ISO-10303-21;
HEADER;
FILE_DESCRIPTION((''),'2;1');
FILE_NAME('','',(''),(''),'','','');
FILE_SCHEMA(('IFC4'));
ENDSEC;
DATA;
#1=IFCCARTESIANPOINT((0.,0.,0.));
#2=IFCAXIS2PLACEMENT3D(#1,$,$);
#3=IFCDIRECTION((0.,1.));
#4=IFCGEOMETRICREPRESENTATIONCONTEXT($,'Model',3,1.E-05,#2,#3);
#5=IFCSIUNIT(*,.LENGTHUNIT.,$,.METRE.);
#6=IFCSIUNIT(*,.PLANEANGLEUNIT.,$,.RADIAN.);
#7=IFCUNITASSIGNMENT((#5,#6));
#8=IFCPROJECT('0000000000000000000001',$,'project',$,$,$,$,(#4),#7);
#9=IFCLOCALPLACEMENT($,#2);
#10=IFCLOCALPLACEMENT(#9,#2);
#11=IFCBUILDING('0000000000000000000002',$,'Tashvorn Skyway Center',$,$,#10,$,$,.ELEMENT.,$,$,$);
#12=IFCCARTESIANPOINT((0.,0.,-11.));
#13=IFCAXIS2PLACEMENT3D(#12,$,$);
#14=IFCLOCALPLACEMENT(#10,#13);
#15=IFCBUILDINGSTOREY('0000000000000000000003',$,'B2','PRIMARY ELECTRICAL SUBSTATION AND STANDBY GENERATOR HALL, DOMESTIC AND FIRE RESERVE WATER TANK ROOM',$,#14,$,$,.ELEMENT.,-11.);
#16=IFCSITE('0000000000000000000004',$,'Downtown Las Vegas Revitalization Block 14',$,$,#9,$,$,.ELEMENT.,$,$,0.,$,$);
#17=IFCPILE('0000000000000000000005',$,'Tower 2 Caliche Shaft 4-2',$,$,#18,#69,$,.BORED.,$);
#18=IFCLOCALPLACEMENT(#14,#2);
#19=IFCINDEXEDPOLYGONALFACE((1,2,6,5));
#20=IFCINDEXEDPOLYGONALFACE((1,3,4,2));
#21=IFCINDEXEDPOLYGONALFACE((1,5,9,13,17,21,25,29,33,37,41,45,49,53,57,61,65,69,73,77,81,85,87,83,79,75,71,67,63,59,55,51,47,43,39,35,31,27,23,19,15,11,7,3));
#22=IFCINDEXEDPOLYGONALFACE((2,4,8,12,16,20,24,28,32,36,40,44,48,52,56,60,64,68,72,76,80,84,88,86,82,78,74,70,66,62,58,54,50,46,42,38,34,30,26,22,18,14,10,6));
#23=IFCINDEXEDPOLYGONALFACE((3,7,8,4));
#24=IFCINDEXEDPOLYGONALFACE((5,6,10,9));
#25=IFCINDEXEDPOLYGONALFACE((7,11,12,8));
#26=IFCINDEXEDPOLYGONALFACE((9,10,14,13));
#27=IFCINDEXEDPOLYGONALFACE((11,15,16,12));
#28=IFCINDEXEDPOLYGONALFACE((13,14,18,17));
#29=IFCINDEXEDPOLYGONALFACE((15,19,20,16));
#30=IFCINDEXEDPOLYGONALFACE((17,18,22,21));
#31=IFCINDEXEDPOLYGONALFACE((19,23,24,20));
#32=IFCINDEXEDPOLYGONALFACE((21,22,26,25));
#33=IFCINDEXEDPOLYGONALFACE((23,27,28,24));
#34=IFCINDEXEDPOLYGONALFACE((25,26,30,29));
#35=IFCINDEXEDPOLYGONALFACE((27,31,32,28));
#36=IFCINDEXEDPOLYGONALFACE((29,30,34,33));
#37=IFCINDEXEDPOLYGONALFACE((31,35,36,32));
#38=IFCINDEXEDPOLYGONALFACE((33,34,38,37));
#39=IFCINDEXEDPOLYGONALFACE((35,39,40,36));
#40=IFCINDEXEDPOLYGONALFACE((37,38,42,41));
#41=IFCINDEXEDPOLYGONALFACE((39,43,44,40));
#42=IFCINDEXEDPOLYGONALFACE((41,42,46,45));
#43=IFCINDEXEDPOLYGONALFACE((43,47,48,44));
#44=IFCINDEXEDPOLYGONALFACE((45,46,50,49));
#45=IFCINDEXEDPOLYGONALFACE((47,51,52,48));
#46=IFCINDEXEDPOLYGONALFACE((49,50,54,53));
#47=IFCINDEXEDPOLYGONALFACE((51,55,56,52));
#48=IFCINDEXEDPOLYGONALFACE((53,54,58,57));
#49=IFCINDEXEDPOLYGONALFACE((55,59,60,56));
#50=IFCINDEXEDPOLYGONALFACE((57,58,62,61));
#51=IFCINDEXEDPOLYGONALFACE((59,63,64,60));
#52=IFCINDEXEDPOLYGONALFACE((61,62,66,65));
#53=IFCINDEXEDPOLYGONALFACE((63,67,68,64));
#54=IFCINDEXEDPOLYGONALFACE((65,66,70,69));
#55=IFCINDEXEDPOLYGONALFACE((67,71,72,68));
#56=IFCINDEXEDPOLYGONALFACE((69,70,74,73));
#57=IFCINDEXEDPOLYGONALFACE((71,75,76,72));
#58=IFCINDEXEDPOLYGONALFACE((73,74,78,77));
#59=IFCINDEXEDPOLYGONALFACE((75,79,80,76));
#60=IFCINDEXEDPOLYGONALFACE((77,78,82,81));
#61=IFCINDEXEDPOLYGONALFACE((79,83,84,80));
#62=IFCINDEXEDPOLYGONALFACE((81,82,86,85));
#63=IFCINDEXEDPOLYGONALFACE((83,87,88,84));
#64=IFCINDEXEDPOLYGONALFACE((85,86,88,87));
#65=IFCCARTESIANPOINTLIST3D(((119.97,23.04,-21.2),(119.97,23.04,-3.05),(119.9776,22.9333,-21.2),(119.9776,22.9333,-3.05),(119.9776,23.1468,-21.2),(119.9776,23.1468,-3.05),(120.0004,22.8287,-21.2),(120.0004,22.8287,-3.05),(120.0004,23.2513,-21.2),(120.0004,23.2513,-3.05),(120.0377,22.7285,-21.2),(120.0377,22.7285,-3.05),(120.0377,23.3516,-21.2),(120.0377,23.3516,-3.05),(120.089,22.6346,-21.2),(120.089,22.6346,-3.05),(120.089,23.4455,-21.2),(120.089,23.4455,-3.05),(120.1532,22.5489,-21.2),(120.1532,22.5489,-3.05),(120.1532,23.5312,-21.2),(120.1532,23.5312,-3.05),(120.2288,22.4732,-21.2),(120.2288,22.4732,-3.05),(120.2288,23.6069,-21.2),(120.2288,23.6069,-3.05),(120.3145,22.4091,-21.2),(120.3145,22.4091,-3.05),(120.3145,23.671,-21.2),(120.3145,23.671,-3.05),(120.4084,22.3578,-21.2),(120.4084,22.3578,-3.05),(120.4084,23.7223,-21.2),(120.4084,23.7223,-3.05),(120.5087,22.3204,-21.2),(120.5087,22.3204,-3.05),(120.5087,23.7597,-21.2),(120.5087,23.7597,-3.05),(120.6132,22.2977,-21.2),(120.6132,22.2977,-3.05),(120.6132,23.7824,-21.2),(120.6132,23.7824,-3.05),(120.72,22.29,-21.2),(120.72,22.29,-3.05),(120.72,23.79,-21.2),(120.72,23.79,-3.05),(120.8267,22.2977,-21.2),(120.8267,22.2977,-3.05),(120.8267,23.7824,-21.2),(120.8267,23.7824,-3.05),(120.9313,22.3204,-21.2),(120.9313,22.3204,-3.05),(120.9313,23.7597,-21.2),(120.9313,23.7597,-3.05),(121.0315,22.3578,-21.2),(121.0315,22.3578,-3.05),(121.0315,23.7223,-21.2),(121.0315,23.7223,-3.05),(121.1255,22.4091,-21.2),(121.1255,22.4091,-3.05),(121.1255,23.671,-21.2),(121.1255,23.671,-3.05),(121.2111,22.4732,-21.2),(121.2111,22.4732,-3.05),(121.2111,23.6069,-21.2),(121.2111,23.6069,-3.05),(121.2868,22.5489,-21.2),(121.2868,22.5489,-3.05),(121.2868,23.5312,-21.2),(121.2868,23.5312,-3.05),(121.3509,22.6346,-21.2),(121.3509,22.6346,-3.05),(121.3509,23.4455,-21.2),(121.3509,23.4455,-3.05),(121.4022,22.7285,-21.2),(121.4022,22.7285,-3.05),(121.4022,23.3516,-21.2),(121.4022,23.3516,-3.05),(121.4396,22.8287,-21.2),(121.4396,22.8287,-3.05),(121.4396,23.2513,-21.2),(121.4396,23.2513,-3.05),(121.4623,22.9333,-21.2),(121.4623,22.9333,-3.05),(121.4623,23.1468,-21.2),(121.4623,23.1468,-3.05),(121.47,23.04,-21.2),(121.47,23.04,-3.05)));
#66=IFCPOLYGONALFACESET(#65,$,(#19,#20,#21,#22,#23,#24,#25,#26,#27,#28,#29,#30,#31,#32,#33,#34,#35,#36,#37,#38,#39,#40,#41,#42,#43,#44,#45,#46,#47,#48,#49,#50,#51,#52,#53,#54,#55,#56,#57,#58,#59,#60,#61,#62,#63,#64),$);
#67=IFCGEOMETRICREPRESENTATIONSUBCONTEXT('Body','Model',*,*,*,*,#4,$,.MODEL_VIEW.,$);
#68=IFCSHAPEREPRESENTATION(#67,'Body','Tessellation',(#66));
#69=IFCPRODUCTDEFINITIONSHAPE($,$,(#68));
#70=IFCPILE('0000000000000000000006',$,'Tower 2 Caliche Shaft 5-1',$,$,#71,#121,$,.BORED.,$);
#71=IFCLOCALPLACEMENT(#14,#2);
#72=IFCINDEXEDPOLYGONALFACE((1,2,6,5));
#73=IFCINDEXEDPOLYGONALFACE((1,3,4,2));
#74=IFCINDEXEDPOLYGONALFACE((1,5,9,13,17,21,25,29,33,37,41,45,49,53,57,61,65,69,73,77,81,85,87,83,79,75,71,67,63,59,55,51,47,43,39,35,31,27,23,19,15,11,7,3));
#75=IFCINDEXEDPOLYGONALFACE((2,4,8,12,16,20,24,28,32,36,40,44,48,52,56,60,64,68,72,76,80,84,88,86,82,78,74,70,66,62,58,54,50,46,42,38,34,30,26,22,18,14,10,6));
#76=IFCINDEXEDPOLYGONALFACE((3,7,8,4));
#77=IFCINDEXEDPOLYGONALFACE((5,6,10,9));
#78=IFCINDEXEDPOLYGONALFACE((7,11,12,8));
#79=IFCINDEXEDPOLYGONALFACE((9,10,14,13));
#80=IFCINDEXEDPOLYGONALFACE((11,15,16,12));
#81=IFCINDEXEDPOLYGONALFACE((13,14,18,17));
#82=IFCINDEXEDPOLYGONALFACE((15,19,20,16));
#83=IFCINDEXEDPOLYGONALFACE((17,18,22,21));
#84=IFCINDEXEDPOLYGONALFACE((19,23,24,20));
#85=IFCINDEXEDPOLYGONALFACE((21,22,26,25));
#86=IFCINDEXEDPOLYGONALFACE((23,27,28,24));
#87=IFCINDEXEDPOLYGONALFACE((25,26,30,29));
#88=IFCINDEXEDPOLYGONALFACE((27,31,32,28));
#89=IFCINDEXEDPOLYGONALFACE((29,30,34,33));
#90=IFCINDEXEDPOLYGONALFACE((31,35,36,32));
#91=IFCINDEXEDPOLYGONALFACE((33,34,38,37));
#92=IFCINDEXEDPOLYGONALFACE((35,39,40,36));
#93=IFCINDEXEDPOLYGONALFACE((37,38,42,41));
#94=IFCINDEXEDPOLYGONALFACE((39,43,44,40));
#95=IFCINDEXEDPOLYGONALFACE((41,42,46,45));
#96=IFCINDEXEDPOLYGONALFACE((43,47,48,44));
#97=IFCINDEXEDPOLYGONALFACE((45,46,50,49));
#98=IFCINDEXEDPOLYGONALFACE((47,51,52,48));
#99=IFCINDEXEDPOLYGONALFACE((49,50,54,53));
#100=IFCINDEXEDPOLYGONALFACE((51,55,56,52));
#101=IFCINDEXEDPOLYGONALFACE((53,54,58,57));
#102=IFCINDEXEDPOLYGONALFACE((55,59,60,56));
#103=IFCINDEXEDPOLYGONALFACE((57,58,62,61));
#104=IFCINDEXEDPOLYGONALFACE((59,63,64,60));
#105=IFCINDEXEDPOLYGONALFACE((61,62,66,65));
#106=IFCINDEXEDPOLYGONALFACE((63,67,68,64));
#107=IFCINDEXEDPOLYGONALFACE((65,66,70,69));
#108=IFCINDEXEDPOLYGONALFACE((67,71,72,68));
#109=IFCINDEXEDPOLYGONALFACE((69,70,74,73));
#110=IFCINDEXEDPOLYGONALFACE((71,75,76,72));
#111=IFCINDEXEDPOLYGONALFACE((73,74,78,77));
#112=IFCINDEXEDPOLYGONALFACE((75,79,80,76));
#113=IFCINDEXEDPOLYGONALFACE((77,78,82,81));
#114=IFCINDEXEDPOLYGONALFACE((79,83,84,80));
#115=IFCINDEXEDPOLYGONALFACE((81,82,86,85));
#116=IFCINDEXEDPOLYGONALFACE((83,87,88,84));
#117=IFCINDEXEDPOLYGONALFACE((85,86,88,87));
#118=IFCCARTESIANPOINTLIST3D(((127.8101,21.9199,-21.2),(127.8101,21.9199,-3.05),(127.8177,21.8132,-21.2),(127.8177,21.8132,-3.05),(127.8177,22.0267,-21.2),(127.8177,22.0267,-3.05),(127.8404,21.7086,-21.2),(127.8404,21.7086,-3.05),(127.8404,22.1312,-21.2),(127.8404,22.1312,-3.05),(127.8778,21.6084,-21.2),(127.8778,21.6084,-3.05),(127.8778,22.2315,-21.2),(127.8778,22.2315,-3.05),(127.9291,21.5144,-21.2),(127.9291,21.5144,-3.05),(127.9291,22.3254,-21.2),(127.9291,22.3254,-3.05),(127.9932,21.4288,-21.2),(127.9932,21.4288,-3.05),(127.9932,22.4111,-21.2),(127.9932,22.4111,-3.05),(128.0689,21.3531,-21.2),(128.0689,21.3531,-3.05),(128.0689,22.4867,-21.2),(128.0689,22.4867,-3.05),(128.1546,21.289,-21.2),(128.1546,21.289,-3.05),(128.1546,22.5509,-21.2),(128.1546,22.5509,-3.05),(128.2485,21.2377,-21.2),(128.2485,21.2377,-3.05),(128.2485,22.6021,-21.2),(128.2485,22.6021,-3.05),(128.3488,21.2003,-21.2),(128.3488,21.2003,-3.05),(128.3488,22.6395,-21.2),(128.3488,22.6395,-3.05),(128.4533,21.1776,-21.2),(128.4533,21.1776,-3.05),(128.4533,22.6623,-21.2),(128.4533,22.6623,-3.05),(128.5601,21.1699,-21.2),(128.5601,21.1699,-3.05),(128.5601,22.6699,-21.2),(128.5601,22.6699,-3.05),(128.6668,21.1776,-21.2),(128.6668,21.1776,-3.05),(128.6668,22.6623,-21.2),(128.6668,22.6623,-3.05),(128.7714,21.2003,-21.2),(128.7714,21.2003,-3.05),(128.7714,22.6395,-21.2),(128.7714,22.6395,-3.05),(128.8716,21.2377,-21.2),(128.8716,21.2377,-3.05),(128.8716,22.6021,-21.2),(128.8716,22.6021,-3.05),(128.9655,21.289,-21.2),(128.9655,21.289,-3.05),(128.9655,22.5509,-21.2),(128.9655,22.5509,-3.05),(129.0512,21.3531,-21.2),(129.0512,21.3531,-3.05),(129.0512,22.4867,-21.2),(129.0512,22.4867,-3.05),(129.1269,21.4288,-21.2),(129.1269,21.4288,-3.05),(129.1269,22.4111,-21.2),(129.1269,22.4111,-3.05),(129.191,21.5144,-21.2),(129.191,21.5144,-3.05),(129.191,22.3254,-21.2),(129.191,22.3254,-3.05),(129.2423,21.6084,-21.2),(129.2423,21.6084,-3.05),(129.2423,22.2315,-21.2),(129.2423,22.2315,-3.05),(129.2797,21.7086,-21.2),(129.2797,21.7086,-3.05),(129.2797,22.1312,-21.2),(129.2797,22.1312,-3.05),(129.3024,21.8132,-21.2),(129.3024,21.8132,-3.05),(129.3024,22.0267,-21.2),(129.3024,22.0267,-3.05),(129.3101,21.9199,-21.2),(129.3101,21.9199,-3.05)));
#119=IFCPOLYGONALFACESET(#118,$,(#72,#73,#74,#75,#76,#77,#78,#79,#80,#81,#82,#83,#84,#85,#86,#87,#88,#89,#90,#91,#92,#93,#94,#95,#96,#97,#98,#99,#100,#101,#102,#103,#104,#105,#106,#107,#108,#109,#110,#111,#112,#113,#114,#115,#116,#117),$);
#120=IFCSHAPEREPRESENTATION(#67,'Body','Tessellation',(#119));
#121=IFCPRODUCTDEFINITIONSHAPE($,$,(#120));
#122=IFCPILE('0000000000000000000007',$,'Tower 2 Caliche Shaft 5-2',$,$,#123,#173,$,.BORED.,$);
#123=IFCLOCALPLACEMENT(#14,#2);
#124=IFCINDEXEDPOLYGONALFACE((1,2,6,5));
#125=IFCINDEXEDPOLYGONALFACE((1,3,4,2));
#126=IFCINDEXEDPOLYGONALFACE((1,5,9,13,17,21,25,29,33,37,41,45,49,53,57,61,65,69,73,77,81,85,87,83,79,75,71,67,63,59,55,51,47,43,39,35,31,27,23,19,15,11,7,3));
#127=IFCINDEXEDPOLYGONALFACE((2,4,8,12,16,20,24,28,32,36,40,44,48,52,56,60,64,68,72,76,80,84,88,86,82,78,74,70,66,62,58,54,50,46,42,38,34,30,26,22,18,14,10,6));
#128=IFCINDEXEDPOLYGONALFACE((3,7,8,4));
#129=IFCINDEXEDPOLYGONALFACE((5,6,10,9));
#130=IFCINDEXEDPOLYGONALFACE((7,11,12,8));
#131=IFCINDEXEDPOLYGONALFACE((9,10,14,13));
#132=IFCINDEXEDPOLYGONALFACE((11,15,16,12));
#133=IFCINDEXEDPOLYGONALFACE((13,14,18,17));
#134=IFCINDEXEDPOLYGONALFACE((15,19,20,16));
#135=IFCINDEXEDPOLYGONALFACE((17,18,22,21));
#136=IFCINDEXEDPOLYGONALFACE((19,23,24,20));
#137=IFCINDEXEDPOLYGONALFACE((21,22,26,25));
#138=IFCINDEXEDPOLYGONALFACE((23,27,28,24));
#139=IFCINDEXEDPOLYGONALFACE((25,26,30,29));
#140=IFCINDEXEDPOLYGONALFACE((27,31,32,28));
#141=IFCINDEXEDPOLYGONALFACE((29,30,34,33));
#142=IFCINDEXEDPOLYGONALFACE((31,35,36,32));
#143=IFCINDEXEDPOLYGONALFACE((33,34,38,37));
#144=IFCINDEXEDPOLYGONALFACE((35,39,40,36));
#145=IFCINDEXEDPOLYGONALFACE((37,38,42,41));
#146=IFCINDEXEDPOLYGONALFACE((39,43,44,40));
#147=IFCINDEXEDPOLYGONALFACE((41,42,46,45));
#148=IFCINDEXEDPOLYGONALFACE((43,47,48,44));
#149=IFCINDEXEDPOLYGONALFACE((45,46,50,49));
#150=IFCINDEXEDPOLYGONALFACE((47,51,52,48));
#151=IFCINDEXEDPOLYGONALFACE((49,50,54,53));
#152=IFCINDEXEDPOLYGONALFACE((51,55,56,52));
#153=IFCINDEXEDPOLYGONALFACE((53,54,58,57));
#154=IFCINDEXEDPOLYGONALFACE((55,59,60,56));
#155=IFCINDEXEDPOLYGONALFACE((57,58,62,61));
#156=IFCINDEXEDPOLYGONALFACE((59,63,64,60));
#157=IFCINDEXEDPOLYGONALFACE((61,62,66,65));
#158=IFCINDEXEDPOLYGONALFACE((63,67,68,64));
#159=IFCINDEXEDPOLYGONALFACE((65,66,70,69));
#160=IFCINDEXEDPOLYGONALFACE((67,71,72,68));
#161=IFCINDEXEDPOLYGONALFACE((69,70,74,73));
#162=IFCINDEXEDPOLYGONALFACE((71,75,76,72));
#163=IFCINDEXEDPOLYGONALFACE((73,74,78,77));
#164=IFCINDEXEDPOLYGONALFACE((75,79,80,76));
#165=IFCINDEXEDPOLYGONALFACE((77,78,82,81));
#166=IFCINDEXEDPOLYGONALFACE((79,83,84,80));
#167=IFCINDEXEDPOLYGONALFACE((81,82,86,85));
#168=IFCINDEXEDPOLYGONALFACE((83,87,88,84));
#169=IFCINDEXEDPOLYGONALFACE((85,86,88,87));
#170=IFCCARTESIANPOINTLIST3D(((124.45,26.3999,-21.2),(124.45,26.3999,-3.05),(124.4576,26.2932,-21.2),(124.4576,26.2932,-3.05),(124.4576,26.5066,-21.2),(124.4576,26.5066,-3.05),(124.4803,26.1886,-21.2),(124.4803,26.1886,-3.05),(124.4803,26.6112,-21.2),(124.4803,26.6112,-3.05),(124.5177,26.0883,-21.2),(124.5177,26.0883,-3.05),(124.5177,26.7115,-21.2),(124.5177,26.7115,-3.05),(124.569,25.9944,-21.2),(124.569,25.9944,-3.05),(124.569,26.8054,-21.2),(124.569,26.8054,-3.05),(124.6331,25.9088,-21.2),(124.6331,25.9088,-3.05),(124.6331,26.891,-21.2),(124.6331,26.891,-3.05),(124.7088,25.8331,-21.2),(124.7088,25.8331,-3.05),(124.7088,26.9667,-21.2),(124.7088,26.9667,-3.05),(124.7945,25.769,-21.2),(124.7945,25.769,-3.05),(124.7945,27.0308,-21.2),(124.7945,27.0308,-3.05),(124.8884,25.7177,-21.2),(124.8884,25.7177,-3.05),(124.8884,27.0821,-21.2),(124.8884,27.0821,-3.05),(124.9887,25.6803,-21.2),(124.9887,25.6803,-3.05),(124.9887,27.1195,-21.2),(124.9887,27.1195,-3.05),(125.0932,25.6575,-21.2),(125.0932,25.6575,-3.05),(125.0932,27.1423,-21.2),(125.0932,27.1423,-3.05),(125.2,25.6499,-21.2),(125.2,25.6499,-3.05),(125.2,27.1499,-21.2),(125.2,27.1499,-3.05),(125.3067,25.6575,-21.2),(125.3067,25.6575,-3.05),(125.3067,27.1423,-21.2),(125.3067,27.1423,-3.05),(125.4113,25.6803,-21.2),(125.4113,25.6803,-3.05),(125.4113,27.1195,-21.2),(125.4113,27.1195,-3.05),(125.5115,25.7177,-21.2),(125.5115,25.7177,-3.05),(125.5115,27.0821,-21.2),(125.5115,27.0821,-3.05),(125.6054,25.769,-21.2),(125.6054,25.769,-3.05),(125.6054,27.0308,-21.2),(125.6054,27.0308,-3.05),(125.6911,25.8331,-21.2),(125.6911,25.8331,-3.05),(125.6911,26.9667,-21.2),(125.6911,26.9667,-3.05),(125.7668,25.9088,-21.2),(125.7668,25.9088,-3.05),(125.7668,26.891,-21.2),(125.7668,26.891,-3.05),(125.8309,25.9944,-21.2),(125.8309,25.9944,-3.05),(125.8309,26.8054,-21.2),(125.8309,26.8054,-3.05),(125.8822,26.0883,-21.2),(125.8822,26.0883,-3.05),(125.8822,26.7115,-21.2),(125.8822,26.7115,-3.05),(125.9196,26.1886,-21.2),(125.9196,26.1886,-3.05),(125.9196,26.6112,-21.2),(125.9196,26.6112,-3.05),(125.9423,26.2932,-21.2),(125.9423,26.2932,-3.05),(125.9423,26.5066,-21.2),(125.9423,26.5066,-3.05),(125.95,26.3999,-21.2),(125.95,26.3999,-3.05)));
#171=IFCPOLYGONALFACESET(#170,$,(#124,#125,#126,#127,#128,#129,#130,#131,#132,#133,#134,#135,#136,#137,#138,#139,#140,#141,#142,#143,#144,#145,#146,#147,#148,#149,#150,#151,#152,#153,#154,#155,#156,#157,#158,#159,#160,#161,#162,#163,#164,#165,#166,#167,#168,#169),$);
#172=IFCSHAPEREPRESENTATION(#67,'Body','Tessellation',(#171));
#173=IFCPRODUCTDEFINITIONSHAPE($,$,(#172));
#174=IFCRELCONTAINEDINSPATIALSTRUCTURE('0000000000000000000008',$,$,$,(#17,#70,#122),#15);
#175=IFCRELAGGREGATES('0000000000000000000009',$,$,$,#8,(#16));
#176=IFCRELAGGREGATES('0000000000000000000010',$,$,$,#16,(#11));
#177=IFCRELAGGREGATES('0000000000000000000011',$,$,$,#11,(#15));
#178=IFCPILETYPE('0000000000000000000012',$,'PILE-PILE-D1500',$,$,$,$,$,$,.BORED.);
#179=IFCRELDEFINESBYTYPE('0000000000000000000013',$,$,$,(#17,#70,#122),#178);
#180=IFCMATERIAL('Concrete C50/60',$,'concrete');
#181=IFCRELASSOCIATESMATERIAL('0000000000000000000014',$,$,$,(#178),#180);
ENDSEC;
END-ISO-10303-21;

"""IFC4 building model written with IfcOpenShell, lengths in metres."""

from ifc_helpers import new_model, si_unit, direction, frame, origin, origin_2d, place, context, subcontext, project, spatial, circle, extrude, material, material_profile, profile_set, type_object, element, save


model = new_model("IFC4")

# Units and contexts
model_context = context("Model", 3, precision=1e-05, world=origin(), true_north=direction((0.0, 1.0)))
body_context = subcontext(model_context, "Body", "Model", "MODEL_VIEW")
ifc_project = project(units=[si_unit("LENGTHUNIT", "METRE"), si_unit("PLANEANGLEUNIT", "RADIAN")], contexts=[model_context])

# Site, building, storey
site_placement = place(None, origin())
site = spatial("IfcSite", under=ifc_project, at=site_placement, Name="Downtown Las Vegas Revitalization Block 14", CompositionType="ELEMENT", RefElevation=0.0)
building_placement = place(site_placement, origin())
building = spatial("IfcBuilding", under=site, at=building_placement, Name="Tashvorn Skyway Center", CompositionType="ELEMENT")
storey_placement = place(building_placement, frame((0.0, 0.0, -11.0)))
storey = spatial("IfcBuildingStorey", under=building, at=storey_placement, Name="B2", Description="PRIMARY ELECTRICAL SUBSTATION AND STANDBY GENERATOR HALL, DOMESTIC AND FIRE RESERVE WATER TANK ROOM", CompositionType="ELEMENT", Elevation=-11.0)

# Piles
ifc_material_1 = material(Name="Concrete C50/60", Category="concrete")
ifc_material_profile_1 = material_profile(ifc_material_1, circle(Radius=0.75, at=origin_2d()), Name="PILE-D1500")
ifc_profile_set_1 = profile_set([ifc_material_profile_1], Name="Concrete C50/60")
pile_type = type_object("IfcPileType", Name="PILE-PILE-D1500", PredefinedType="BORED", material=ifc_profile_set_1)
for number, where, z_axis, x_axis, name in (
    (1, (120.72, 23.04, -3.05), (0.0, 0.0, -1.0), (1.0, 0.0, 0.0), "Tower 2 Caliche Shaft 4-2"),
    (2, (128.5601, 21.9199, -3.05), (0.0, 0.0, -1.0), (1.0, 0.0, 0.0), "Tower 2 Caliche Shaft 5-1"),
    (3, (125.2, 26.3999, -3.05), (0.0, 0.0, -1.0), (1.0, 0.0, 0.0), "Tower 2 Caliche Shaft 5-2"),
):
    element("IfcPile", number, at=place(storey_placement, frame(where, z_axis=z_axis, x_axis=x_axis)), inside=storey, type_object=pile_type, Name=name, PredefinedType="BORED", context=body_context, shape_type="SweptSolid", body=[
        extrude(circle(Radius=0.75, at=origin_2d()), origin(), (0.0, 0.0, 1.0), 18.1499),
    ])

save(model, "model.ifc")
